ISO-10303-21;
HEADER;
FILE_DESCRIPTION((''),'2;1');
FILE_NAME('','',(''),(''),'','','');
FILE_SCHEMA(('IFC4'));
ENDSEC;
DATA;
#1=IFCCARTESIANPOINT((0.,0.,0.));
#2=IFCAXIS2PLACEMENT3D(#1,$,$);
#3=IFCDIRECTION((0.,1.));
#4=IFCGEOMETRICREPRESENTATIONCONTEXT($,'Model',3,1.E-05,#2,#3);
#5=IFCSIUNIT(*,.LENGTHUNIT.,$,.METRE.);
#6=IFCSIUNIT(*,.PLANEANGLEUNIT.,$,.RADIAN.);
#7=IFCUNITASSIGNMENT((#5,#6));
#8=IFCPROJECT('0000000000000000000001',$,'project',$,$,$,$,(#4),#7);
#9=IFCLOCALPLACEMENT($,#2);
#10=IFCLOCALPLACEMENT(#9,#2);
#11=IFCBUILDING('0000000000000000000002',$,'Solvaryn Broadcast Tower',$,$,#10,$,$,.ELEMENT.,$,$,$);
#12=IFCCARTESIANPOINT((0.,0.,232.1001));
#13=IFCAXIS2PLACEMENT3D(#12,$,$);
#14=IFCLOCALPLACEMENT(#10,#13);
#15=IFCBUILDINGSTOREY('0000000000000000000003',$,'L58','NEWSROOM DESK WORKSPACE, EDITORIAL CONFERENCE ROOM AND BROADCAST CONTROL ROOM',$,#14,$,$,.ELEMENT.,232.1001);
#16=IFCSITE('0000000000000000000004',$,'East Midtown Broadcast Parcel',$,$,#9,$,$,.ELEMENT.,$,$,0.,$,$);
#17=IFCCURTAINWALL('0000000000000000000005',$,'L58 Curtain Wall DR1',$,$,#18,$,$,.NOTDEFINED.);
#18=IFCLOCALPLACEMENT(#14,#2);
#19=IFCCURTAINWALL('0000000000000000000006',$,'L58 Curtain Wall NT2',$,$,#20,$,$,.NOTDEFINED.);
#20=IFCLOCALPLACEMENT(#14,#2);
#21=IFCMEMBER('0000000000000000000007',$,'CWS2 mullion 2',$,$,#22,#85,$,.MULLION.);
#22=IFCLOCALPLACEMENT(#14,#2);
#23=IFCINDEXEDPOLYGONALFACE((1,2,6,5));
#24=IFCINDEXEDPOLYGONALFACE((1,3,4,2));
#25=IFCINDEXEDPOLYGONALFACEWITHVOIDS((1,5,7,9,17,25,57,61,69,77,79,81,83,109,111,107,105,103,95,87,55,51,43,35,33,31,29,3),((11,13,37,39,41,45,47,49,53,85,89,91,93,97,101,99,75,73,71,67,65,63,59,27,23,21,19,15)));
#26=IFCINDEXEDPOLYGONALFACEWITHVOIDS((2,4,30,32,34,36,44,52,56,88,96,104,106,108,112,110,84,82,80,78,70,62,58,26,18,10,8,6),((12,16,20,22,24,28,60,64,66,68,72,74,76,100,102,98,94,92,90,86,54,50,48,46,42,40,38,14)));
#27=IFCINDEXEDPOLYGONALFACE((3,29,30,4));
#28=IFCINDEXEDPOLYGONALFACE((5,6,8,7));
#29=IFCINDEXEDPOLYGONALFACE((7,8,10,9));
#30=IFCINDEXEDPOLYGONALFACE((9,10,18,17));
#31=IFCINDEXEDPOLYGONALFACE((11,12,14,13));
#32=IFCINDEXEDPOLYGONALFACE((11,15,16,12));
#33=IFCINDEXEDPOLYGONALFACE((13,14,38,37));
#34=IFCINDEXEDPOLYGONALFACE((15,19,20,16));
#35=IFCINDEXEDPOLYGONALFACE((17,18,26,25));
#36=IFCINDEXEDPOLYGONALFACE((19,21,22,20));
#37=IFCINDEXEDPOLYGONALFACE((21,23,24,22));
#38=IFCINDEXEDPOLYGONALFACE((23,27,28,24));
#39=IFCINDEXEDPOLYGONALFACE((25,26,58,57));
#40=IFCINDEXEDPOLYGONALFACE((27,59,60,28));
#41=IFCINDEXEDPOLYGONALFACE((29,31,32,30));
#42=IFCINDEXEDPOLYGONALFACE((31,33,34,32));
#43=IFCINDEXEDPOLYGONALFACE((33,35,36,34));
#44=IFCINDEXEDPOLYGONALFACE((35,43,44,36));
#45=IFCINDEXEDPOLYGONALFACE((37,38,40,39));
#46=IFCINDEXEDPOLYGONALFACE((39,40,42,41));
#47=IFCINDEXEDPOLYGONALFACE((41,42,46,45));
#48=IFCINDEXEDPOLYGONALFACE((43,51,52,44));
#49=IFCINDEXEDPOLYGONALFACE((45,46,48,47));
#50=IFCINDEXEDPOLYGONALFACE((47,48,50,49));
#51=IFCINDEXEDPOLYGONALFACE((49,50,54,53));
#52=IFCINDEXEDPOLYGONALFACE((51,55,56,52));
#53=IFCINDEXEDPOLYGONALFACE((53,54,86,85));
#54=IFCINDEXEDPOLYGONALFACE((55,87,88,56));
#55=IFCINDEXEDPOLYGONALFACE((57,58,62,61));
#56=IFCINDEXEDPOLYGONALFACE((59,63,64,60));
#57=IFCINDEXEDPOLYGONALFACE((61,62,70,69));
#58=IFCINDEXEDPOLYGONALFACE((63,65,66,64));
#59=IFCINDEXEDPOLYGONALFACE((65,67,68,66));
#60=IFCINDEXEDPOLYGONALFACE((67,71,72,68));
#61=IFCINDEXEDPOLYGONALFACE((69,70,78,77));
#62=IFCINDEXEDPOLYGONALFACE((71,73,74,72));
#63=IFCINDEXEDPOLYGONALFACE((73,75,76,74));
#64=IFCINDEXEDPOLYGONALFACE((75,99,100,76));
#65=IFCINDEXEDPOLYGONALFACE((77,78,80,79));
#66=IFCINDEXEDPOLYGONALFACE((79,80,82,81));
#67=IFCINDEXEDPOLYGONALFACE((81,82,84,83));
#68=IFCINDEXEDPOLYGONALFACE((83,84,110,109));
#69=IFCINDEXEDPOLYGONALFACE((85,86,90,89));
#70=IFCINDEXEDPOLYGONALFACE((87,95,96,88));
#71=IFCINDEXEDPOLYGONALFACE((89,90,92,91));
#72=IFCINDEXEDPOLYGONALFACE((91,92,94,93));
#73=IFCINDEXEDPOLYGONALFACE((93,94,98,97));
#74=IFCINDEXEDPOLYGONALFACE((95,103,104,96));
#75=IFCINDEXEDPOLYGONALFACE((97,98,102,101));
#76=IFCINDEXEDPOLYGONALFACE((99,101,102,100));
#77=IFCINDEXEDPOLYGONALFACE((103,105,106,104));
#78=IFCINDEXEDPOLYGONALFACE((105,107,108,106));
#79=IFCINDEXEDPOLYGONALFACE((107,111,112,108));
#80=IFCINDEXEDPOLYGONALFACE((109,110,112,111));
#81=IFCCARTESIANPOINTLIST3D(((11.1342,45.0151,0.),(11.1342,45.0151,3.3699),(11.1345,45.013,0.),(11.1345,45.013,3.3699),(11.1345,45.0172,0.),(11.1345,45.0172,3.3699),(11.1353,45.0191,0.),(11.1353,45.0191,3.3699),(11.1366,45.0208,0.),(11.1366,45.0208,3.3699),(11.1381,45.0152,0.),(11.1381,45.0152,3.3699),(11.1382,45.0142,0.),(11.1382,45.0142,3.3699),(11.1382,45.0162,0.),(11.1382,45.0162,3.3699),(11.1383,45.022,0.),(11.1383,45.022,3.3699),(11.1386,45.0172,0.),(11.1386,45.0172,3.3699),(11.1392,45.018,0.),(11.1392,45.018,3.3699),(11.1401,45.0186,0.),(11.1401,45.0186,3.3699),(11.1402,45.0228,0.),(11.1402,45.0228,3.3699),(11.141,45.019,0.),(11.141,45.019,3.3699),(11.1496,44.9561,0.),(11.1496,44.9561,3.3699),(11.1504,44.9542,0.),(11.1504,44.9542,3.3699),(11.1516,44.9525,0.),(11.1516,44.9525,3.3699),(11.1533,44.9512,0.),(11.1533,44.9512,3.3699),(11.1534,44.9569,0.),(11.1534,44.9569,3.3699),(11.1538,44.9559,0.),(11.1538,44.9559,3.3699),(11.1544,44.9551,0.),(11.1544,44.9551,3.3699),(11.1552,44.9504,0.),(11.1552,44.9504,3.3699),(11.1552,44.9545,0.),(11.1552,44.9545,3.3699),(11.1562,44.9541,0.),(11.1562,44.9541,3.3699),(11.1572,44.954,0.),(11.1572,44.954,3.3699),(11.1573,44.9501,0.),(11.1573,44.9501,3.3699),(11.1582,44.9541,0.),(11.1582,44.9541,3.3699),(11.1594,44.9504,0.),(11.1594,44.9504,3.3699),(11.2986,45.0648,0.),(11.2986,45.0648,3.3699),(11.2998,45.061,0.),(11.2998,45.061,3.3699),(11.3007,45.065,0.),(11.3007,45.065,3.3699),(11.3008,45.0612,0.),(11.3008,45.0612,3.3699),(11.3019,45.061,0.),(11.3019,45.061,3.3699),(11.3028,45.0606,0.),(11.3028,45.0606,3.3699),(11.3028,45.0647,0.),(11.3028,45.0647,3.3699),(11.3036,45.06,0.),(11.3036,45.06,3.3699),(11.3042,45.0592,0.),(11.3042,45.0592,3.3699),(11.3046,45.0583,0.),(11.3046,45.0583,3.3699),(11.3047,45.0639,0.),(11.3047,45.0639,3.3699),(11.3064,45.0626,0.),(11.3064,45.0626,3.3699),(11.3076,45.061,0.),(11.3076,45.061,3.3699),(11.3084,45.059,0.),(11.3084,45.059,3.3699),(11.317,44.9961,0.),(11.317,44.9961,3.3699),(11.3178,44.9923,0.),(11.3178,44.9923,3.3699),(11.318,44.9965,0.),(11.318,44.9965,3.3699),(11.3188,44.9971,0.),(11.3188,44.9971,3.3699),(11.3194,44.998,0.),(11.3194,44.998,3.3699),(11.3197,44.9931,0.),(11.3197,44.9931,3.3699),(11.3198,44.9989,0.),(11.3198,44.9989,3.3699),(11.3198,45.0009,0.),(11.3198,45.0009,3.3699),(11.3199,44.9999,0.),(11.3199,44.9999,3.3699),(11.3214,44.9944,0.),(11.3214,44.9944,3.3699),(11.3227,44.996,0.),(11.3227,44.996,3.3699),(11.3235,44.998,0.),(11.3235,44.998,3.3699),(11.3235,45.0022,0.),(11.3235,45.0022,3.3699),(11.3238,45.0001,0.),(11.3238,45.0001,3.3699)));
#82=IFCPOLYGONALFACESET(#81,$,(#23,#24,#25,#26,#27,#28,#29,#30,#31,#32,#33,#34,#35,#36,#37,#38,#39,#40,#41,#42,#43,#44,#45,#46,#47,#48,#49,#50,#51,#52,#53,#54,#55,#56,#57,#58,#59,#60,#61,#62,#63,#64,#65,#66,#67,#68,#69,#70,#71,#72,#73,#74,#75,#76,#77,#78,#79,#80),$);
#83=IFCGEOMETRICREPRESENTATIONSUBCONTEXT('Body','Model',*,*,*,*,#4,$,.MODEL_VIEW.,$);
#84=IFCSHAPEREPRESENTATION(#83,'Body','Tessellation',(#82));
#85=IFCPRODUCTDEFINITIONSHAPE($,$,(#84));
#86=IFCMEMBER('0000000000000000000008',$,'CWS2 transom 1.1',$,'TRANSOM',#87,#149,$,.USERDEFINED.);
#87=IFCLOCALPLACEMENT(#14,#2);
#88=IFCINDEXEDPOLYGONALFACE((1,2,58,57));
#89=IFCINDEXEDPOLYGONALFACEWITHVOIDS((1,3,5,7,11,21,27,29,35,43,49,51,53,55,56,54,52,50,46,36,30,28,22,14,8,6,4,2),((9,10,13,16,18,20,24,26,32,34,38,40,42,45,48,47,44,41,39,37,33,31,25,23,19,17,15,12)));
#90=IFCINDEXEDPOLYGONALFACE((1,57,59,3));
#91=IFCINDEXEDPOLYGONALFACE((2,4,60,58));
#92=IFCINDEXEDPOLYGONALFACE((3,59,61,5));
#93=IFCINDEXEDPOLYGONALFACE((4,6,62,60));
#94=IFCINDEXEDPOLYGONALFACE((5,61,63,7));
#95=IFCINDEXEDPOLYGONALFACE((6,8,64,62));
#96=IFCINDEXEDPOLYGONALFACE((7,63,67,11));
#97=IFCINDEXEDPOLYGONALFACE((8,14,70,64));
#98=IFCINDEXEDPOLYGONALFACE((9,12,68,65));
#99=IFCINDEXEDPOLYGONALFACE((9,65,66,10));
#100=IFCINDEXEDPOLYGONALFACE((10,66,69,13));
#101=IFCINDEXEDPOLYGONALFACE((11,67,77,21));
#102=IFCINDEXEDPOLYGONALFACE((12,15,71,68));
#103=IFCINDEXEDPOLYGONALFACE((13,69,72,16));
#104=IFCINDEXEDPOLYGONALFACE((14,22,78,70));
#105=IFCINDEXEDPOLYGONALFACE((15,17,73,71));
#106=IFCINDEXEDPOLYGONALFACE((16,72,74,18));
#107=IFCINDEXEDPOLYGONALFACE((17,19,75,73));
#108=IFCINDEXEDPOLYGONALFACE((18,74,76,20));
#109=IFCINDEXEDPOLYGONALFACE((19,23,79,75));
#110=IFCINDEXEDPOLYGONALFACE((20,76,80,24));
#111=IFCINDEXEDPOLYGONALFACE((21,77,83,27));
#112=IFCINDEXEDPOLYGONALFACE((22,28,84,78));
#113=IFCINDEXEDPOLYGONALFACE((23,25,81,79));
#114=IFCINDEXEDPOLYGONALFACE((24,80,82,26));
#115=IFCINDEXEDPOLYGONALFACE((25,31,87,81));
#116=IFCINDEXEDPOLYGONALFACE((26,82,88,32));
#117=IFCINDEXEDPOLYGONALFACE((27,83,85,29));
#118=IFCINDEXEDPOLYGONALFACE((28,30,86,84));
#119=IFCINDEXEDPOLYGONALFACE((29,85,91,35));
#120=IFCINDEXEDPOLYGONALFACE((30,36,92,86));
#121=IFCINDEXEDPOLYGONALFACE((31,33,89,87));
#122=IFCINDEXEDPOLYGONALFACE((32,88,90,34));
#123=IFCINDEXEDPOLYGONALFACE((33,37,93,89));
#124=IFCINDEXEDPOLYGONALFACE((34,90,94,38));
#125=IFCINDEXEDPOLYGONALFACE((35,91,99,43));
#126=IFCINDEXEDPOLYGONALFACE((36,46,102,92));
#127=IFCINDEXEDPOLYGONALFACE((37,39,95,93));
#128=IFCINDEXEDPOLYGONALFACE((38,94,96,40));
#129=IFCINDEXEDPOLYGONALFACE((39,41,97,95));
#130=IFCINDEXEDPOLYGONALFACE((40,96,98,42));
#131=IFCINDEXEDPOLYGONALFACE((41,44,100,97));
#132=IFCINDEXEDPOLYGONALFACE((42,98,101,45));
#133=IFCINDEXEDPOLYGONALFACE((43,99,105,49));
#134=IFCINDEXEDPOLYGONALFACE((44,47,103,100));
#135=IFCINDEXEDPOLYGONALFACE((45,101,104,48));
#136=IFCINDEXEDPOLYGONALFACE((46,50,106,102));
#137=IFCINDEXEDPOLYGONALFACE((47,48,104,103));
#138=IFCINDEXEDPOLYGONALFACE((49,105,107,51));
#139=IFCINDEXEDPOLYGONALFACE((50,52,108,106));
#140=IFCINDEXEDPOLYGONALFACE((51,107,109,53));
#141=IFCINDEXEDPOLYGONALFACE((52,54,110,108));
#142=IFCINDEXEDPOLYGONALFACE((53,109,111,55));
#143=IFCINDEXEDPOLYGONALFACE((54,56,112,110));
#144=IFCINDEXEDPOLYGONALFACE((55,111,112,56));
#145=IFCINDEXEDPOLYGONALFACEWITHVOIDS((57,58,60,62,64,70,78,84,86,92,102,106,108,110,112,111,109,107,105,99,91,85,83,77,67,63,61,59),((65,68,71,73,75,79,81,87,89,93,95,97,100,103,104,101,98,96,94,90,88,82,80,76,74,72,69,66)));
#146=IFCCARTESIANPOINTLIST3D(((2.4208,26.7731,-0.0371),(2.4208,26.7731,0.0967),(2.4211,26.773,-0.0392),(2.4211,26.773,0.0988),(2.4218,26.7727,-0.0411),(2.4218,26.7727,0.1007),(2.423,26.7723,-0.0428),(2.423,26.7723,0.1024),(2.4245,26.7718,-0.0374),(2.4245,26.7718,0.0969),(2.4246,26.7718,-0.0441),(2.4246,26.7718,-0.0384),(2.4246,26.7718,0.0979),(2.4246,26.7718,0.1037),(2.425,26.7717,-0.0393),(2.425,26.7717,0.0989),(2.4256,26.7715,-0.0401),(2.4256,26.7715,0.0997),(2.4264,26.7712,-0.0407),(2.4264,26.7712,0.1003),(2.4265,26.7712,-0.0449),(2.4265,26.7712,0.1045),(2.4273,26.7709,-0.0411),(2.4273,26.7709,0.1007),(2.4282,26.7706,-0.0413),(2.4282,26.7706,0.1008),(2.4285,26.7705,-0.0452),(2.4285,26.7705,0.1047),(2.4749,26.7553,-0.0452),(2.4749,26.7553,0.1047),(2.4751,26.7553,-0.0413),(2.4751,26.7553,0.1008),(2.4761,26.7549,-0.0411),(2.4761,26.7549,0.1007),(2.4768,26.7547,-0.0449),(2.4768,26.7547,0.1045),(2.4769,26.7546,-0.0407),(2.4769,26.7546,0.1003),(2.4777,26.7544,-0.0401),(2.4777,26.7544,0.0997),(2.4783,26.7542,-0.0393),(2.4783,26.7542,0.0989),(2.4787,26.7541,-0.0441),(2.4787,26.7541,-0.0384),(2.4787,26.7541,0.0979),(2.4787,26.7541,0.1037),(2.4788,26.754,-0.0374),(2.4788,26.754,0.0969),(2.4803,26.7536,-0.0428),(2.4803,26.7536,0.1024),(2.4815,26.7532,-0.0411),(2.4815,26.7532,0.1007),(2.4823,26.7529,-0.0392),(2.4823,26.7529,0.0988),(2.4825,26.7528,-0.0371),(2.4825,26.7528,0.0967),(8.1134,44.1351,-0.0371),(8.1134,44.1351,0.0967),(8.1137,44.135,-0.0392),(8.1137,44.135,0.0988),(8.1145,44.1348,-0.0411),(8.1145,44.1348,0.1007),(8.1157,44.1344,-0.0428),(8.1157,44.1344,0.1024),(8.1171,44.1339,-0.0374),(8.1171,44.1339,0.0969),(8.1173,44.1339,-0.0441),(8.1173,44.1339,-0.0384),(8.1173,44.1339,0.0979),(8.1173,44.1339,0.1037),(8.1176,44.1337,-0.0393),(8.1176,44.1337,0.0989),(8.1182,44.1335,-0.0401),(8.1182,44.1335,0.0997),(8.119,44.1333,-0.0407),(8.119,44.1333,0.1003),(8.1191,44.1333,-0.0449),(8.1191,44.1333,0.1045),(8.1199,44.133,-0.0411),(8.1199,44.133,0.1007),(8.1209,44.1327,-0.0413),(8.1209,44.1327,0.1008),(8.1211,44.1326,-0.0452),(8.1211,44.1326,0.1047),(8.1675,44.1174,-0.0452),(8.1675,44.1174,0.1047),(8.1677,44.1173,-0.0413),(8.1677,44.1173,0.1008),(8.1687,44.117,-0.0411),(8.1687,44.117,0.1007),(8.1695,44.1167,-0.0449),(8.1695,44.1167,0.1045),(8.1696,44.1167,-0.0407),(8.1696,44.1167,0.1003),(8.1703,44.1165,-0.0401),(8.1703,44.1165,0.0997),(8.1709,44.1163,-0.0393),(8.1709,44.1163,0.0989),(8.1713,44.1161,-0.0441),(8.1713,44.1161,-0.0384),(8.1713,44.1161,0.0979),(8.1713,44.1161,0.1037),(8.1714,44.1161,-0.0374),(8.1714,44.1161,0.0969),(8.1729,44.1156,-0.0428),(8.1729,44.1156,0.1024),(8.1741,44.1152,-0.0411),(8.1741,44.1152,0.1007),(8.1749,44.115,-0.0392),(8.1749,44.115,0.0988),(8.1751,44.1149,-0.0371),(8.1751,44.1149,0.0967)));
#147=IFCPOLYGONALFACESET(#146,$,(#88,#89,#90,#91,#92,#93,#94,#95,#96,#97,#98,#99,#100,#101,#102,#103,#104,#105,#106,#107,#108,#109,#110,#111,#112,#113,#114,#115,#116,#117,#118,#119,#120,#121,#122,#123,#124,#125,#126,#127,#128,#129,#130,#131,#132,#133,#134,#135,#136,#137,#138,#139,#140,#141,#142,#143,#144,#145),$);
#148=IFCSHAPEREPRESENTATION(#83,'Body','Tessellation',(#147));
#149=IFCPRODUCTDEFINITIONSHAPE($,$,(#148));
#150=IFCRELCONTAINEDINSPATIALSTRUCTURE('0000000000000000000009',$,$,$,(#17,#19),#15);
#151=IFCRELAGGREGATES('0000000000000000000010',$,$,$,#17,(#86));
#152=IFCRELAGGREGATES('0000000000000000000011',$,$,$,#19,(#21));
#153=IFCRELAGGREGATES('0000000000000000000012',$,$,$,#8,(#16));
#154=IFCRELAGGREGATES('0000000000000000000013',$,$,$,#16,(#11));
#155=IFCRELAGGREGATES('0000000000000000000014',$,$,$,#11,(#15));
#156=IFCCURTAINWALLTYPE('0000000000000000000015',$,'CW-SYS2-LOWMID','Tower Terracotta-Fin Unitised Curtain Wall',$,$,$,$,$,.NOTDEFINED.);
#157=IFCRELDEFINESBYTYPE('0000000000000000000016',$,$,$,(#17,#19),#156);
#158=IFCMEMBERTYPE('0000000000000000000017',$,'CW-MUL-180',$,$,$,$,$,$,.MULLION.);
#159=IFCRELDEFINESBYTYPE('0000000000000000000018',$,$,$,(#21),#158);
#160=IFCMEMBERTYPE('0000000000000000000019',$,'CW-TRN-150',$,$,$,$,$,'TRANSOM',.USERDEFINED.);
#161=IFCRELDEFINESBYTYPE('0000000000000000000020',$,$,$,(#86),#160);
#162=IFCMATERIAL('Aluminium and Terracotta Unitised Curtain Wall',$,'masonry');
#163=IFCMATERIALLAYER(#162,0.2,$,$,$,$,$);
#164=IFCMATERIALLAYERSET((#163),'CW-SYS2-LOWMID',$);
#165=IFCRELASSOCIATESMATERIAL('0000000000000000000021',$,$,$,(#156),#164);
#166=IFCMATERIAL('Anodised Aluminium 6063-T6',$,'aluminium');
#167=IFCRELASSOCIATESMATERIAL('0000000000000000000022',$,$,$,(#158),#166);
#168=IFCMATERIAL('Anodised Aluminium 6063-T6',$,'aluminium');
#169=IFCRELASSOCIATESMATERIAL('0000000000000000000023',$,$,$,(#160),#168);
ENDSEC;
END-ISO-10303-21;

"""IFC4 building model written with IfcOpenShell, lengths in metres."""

from ifc_helpers import new_model, si_unit, direction, frame, origin, origin_2d, place, context, subcontext, project, spatial, hollow_rectangle, extrude, material, layer, layer_set, material_profile, profile_set, type_object, element, aggregate, save


model = new_model("IFC4")

# Units and contexts
model_context = context("Model", 3, precision=1e-05, world=origin(), true_north=direction((0.0, 1.0)))
body_context = subcontext(model_context, "Body", "Model", "MODEL_VIEW")
ifc_project = project(units=[si_unit("LENGTHUNIT", "METRE"), si_unit("PLANEANGLEUNIT", "RADIAN")], contexts=[model_context])

# Site, building, storey
site_placement = place(None, origin())
site = spatial("IfcSite", under=ifc_project, at=site_placement, Name="East Midtown Broadcast Parcel", CompositionType="ELEMENT", RefElevation=0.0)
building_placement = place(site_placement, origin())
building = spatial("IfcBuilding", under=site, at=building_placement, Name="Solvaryn Broadcast Tower", CompositionType="ELEMENT")
storey_placement = place(building_placement, frame((0.0, 0.0, 232.1001)))
storey = spatial("IfcBuildingStorey", under=building, at=storey_placement, Name="L58", Description="NEWSROOM DESK WORKSPACE, EDITORIAL CONFERENCE ROOM AND BROADCAST CONTROL ROOM", CompositionType="ELEMENT", Elevation=232.1001)

# Curtain walls, member
ifc_material_1 = material(Name="Aluminium and Terracotta Unitised Curtain Wall", Category="masonry")
ifc_layer_1 = layer(ifc_material_1, 0.2)
ifc_layer_set_1 = layer_set([ifc_layer_1], Name="CW-SYS2-LOWMID")
curtain_wall_type = type_object("IfcCurtainWallType", Name="CW-SYS2-LOWMID", Description="Tower Terracotta-Fin Unitised Curtain Wall", PredefinedType="NOTDEFINED", material=ifc_layer_set_1)
curtain_wall_1_placement = place(storey_placement, origin())
curtain_wall_1 = element("IfcCurtainWall", 1, at=curtain_wall_1_placement, inside=storey, type_object=curtain_wall_type, Name="L58 Curtain Wall DR1", PredefinedType="NOTDEFINED")
ifc_material_2 = material(Name="Anodised Aluminium 6063-T6", Category="aluminium")
ifc_material_profile_1 = material_profile(ifc_material_2, hollow_rectangle(XDim=0.075, YDim=0.1799, WallThickness=0.0039, InnerFilletRadius=0.0039, OuterFilletRadius=0.0081, at=origin_2d()))
ifc_profile_set_1 = profile_set([ifc_material_profile_1], Name="Anodised Aluminium 6063-T6")
member_type_1 = type_object("IfcMemberType", Name="CW-MUL-180", PredefinedType="MULLION", material=ifc_profile_set_1)
curtain_wall_2_placement = place(storey_placement, origin())
curtain_wall_2 = element("IfcCurtainWall", 2, at=curtain_wall_2_placement, inside=storey, type_object=curtain_wall_type, Name="L58 Curtain Wall NT2", PredefinedType="NOTDEFINED")
member_1_placement = place(storey_placement, frame((11.229, 45.0076, 0.0), z_axis=(0.0, 0.0, 1.0), x_axis=(0.255893, -0.966705, 0.0)))
member_1 = element("IfcMember", 3, at=member_1_placement, type_object=member_type_1, Name="CWS2 mullion 2", PredefinedType="MULLION", context=body_context, shape_type="SweptSolid", body=[
    extrude(hollow_rectangle(XDim=0.075, YDim=0.1799, WallThickness=0.0039, InnerFilletRadius=0.0039, OuterFilletRadius=0.0081, at=origin_2d()), origin(), (0.0, 0.0, 1.0), 3.3699),
])

# Member
ifc_material_3 = material(Name="Anodised Aluminium 6063-T6", Category="aluminium")
ifc_material_profile_2 = material_profile(ifc_material_3, hollow_rectangle(XDim=0.0649, YDim=0.1499, WallThickness=0.0039, InnerFilletRadius=0.0039, OuterFilletRadius=0.0081, at=origin_2d()))
ifc_profile_set_2 = profile_set([ifc_material_profile_2], Name="Anodised Aluminium 6063-T6")
member_type_2 = type_object("IfcMemberType", Name="CW-TRN-150", ElementType="TRANSOM", PredefinedType="USERDEFINED", material=ifc_profile_set_2)
member_2_placement = place(storey_placement, frame((8.1443, 44.125, 0.0298), z_axis=(-0.311558, -0.950227, 0.0), x_axis=(0.950227, -0.311558, 0.0)))
member_2 = element("IfcMember", 4, at=member_2_placement, type_object=member_type_2, Name="CWS2 transom 1.1", ObjectType="TRANSOM", PredefinedType="USERDEFINED", context=body_context, shape_type="SweptSolid", body=[
    extrude(hollow_rectangle(XDim=0.0649, YDim=0.1499, WallThickness=0.0039, InnerFilletRadius=0.0039, OuterFilletRadius=0.0081, at=origin_2d()), origin(), (0.0, 0.0, 1.0), 18.2715),
])
aggregate(curtain_wall_1, [member_2])

aggregate(curtain_wall_2, [member_1])

save(model, "model.ifc")
